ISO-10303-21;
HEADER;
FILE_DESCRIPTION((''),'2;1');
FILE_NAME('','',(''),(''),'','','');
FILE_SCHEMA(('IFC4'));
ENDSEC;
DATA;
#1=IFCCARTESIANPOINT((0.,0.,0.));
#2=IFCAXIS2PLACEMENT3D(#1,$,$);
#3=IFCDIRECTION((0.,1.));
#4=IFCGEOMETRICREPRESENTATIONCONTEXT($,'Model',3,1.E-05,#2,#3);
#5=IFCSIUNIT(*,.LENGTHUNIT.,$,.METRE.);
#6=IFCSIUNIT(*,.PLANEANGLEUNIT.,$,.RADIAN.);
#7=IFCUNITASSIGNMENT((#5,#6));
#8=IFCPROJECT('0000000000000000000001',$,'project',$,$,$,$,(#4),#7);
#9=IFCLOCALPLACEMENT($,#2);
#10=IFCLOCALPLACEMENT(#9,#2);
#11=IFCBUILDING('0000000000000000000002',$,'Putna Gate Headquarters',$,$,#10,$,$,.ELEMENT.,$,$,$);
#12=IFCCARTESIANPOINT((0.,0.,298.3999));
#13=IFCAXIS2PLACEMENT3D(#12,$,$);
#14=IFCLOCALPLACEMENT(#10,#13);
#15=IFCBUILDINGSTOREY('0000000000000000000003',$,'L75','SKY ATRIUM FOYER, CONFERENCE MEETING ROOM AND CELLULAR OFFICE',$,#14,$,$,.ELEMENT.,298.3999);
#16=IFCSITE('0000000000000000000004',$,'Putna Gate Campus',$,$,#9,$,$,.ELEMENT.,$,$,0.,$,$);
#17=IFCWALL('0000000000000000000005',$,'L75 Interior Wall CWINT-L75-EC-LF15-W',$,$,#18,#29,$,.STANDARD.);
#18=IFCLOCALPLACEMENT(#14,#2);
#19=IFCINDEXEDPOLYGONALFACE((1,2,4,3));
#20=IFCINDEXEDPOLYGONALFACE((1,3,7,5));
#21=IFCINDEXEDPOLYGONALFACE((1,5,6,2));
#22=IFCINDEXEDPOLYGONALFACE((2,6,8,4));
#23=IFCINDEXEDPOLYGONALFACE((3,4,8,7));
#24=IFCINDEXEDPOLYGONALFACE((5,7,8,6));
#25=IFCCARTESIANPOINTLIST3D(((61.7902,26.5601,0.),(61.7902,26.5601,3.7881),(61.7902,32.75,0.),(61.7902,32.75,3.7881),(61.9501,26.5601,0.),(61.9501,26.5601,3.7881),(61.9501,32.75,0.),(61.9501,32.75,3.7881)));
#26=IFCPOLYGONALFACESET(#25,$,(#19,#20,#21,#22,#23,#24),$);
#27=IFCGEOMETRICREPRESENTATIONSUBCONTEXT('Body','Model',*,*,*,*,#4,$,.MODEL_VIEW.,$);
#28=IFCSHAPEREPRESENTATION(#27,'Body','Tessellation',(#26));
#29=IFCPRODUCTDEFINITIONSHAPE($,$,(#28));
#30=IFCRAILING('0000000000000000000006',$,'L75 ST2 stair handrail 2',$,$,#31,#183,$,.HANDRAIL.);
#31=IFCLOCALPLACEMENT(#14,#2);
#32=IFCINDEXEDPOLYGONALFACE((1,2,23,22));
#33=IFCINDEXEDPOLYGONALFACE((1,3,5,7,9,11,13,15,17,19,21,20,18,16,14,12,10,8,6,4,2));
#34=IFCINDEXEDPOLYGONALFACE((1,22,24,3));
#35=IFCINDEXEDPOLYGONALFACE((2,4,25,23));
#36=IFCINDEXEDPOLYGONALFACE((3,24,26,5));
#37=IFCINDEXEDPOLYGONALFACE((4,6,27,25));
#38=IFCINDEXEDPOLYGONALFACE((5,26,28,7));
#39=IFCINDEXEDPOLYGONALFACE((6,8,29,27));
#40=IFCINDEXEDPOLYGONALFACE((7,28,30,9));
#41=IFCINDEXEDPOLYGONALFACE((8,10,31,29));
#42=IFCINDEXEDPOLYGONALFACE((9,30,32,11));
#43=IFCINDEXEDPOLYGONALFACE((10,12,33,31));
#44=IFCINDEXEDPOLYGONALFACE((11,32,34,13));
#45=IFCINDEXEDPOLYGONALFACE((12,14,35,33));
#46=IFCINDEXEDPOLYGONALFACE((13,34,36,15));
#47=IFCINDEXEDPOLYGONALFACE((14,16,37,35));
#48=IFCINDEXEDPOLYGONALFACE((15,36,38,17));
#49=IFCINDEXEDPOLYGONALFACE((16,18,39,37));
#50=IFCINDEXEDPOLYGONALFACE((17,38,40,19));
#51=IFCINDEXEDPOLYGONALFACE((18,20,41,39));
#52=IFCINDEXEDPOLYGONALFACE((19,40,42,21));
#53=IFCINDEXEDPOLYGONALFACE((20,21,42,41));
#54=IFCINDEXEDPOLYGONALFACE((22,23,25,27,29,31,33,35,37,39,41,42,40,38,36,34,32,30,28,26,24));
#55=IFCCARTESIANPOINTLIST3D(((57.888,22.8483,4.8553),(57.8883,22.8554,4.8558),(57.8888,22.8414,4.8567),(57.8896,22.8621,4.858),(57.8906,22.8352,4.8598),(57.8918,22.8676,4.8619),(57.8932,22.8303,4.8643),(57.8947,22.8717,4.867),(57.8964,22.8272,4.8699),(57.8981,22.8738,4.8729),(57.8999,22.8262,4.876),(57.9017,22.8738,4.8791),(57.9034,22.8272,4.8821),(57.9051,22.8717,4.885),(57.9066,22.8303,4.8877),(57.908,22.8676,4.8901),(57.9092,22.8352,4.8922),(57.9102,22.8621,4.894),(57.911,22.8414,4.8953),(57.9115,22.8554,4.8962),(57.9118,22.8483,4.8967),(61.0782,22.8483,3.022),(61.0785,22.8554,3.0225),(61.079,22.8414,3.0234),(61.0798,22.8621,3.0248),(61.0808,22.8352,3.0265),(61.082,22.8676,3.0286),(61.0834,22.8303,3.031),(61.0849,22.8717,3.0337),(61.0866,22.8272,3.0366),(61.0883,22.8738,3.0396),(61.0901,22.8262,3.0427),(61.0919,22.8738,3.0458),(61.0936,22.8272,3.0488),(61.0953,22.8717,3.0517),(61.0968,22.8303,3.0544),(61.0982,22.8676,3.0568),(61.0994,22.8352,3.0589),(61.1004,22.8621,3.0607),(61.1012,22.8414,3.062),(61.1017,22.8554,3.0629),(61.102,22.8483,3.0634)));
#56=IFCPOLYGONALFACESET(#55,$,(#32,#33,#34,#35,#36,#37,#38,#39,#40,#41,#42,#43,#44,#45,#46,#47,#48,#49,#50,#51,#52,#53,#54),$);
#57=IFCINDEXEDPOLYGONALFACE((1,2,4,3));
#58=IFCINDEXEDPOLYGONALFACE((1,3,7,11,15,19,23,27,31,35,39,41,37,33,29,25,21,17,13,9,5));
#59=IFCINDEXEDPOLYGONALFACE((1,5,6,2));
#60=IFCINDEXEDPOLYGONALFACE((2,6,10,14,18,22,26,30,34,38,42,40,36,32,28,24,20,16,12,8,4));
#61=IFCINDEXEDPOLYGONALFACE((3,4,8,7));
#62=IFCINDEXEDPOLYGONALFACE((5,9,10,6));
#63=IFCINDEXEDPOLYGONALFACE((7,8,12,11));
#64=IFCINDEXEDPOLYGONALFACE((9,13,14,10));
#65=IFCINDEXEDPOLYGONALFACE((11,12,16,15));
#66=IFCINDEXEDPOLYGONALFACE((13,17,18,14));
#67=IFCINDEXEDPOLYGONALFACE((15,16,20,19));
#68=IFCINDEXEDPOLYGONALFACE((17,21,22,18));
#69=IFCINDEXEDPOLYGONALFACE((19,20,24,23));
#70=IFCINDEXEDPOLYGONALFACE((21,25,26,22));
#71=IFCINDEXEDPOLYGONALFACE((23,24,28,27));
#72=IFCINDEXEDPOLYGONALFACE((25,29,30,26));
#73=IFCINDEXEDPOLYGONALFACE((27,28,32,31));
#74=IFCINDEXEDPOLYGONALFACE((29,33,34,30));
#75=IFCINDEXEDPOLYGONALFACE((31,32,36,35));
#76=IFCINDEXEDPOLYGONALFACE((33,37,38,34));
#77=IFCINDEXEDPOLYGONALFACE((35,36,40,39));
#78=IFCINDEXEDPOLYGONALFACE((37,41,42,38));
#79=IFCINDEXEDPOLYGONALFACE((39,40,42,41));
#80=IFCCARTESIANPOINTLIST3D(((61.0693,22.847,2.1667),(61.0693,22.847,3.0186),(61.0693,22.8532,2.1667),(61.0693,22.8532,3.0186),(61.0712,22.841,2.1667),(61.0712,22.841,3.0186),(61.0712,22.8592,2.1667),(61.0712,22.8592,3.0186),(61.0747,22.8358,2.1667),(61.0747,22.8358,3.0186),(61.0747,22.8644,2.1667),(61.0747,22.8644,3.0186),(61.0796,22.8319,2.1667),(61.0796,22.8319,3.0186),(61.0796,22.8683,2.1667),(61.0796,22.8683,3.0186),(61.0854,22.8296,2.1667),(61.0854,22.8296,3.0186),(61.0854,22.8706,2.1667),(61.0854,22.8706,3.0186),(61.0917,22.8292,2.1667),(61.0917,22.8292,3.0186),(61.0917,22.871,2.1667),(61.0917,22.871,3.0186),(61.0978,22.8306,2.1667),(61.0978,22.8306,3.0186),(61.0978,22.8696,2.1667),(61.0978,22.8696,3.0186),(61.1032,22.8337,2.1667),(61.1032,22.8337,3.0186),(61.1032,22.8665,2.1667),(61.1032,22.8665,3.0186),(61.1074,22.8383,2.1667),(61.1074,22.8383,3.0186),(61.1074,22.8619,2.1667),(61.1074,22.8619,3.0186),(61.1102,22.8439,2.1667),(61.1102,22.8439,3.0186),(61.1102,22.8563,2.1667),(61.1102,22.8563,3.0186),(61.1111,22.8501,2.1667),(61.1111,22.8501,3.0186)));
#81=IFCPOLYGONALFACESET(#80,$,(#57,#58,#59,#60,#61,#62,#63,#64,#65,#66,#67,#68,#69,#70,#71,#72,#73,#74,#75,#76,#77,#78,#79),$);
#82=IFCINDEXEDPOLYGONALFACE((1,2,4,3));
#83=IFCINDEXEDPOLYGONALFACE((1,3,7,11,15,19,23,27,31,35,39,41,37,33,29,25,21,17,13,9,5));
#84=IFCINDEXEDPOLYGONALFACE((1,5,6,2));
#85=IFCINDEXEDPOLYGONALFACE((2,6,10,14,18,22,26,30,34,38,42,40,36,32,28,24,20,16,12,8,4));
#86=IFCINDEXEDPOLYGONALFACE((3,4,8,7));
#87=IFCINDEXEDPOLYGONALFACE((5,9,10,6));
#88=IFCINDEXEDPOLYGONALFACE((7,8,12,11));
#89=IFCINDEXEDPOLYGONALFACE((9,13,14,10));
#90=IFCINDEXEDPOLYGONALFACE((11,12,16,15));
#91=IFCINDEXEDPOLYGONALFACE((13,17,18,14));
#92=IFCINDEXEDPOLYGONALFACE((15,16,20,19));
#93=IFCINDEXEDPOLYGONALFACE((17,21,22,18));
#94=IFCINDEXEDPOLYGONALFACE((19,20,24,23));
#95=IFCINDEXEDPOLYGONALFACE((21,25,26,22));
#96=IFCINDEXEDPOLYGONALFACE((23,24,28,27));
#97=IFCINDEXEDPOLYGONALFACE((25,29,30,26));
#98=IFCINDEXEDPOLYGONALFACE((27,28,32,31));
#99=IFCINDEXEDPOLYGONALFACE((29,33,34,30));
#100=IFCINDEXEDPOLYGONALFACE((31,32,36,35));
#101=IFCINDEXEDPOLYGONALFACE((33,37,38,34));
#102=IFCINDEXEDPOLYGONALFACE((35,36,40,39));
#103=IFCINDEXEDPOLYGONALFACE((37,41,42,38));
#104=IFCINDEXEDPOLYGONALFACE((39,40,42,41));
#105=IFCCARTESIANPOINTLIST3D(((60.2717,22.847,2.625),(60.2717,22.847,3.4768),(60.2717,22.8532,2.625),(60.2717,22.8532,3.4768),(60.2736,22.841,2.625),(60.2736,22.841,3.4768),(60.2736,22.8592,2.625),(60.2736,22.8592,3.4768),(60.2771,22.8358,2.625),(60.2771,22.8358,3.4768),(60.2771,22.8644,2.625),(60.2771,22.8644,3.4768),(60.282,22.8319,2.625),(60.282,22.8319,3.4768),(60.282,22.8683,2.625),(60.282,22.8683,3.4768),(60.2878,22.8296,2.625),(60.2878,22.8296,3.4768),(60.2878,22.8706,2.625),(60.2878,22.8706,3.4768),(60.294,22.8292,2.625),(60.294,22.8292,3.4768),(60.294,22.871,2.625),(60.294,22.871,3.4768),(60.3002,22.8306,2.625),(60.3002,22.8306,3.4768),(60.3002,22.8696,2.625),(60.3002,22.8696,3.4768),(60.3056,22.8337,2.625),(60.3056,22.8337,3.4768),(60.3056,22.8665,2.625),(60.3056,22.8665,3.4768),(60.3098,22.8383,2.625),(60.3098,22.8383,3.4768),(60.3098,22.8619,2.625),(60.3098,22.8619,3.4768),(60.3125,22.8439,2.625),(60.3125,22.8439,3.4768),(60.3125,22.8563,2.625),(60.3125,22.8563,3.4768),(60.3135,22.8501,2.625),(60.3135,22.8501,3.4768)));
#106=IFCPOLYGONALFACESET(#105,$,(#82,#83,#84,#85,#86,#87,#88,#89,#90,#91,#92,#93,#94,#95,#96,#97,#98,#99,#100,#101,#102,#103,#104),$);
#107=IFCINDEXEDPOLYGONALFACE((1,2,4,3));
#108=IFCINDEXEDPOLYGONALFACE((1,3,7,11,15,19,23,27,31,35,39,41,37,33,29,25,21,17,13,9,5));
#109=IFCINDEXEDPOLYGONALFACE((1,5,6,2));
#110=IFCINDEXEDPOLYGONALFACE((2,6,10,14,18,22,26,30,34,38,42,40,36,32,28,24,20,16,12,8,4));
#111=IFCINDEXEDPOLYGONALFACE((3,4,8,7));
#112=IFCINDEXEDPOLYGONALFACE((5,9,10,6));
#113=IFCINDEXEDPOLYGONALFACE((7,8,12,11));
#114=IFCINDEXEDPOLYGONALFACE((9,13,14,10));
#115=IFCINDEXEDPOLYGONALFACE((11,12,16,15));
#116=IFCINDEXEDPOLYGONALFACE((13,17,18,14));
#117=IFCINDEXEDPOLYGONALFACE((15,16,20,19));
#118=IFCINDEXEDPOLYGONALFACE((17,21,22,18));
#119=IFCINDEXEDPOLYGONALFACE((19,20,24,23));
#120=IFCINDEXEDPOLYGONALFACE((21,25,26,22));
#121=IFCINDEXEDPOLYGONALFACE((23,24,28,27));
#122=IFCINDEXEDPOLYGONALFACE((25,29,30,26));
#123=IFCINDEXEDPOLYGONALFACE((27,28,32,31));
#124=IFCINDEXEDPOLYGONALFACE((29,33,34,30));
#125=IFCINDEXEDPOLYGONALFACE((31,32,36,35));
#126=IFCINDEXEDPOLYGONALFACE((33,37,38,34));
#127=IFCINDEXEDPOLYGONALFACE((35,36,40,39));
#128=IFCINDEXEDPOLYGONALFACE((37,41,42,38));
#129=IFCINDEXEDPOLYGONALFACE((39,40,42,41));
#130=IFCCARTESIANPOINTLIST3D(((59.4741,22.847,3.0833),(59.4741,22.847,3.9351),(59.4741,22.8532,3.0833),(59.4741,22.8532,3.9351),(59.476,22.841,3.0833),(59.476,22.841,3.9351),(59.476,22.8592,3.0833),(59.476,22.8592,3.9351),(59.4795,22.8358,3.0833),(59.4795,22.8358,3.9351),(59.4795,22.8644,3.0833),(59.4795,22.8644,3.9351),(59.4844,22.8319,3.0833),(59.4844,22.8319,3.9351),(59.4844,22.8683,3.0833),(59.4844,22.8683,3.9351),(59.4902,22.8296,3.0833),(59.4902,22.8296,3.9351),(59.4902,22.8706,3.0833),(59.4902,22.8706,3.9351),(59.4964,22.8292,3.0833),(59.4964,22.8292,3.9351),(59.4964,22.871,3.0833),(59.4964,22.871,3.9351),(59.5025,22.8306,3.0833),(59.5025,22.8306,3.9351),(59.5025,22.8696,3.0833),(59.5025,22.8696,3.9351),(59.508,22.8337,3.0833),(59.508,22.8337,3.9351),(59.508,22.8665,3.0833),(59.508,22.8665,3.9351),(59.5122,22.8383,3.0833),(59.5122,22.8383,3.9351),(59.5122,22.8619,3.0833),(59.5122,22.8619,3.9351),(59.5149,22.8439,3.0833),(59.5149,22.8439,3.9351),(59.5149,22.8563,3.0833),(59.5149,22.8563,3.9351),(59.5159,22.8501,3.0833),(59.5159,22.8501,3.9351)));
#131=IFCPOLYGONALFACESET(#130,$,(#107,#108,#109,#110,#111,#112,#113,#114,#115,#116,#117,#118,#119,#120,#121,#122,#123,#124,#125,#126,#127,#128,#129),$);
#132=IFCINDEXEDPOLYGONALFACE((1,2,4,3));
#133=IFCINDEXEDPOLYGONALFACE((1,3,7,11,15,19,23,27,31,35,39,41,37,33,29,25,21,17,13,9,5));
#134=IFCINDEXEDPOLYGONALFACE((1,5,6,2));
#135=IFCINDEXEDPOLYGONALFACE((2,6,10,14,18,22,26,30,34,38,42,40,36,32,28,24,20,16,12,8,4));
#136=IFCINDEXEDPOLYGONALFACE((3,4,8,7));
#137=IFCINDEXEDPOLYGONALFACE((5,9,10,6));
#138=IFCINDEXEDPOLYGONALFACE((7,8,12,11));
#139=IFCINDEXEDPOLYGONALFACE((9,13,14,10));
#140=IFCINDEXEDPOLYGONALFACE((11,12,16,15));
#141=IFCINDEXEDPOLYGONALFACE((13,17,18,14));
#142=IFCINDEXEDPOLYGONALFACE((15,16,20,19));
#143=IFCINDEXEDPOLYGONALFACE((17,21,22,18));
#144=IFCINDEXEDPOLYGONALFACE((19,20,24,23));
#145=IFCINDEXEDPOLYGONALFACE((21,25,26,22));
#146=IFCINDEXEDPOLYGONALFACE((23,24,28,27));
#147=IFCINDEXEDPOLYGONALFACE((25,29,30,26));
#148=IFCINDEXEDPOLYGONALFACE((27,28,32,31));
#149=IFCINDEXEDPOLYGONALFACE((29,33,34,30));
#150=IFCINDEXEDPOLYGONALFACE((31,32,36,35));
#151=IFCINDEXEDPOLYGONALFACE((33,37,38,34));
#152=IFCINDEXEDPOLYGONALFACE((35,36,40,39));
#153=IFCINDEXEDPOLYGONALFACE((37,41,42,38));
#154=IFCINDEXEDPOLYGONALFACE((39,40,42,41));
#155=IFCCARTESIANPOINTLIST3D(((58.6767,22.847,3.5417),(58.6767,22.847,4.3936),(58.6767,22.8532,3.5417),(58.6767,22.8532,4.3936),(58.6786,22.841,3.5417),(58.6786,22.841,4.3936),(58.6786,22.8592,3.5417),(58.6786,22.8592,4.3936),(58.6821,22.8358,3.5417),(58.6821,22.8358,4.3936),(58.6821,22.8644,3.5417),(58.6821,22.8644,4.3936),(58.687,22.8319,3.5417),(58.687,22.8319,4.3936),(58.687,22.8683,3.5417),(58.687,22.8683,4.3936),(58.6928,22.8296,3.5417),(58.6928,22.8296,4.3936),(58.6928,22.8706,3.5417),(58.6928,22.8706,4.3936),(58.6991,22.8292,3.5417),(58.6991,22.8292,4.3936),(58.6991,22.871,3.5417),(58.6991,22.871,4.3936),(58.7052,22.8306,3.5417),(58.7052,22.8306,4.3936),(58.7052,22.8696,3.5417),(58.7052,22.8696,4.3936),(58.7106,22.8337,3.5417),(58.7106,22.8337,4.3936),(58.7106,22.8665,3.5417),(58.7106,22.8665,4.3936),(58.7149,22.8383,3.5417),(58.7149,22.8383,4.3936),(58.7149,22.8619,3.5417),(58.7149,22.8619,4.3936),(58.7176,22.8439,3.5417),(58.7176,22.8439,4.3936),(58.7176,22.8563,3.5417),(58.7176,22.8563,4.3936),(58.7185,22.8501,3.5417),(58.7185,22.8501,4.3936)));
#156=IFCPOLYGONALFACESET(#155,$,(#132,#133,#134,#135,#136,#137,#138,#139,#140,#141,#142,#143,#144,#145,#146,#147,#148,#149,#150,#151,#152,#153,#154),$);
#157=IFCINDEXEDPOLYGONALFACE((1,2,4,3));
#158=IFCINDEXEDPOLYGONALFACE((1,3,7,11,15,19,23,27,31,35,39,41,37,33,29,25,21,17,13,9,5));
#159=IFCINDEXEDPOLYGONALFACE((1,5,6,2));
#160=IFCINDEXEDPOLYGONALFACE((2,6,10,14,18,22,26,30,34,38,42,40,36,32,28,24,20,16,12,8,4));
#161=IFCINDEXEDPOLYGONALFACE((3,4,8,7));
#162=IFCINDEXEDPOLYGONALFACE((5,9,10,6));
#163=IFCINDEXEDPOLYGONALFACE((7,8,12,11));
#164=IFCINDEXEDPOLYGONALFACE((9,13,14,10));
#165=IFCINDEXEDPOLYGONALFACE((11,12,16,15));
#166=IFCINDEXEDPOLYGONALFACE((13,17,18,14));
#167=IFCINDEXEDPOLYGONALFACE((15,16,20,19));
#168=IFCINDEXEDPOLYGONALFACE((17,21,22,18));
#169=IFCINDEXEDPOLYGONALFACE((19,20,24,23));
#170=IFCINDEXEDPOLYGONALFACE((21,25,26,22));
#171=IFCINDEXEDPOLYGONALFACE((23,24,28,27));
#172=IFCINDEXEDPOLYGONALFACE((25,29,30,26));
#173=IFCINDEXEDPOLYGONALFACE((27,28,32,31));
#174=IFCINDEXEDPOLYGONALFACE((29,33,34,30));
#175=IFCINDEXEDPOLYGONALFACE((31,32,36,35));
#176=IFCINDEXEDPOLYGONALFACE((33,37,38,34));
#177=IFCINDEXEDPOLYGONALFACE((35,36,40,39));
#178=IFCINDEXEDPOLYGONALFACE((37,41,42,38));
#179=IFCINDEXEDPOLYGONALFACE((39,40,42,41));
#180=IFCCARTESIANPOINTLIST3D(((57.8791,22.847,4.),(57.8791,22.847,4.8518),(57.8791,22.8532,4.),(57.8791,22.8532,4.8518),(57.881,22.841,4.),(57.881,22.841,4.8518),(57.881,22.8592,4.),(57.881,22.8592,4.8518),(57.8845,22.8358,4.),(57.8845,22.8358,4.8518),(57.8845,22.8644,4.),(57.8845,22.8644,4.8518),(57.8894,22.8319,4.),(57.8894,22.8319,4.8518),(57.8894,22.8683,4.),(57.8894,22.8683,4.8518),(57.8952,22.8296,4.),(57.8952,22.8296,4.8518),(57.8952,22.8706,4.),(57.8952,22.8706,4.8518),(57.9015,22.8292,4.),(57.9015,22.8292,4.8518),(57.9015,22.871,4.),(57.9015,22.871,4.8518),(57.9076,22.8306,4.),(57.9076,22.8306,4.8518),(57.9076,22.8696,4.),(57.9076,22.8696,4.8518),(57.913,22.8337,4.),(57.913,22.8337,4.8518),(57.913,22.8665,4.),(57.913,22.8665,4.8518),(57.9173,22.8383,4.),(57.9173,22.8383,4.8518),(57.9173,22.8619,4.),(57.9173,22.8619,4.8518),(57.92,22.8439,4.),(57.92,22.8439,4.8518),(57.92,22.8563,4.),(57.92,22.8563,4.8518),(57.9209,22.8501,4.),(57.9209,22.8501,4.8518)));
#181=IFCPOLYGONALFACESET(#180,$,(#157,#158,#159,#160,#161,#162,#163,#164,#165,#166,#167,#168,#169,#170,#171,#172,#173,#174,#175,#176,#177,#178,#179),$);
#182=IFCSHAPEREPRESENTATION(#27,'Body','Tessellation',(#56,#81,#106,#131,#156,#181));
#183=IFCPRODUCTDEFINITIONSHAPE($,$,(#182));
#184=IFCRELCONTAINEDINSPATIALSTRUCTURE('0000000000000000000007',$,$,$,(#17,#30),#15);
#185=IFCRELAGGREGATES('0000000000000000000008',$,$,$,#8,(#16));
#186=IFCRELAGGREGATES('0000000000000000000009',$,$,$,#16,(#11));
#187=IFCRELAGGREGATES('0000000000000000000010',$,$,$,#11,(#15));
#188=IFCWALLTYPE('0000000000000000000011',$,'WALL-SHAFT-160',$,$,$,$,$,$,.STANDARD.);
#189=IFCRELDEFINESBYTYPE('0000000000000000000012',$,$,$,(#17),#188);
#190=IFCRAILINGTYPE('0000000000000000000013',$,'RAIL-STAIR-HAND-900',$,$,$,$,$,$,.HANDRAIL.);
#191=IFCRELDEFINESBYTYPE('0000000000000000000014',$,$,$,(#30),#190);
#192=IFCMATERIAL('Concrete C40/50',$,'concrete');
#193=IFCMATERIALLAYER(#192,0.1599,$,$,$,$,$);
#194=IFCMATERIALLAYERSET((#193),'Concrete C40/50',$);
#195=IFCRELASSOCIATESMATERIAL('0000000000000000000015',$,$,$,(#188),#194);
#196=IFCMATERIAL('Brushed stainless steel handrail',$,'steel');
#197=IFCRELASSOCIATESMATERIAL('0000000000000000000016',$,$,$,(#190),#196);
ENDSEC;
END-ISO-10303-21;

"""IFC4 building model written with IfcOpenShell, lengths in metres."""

from ifc_helpers import new_model, si_unit, direction, frame, frame_2d, origin, origin_2d, place, context, subcontext, project, spatial, rectangle, circle, extrude, material, layer, layer_set, type_object, element, save


model = new_model("IFC4")

# Units and contexts
model_context = context("Model", 3, precision=1e-05, world=origin(), true_north=direction((0.0, 1.0)))
body_context = subcontext(model_context, "Body", "Model", "MODEL_VIEW")
ifc_project = project(units=[si_unit("LENGTHUNIT", "METRE"), si_unit("PLANEANGLEUNIT", "RADIAN")], contexts=[model_context])

# Site, building, storey
site_placement = place(None, origin())
site = spatial("IfcSite", under=ifc_project, at=site_placement, Name="Putna Gate Campus", CompositionType="ELEMENT", RefElevation=0.0)
building_placement = place(site_placement, origin())
building = spatial("IfcBuilding", under=site, at=building_placement, Name="Putna Gate Headquarters", CompositionType="ELEMENT")
storey_placement = place(building_placement, frame((0.0, 0.0, 298.3999)))
storey = spatial("IfcBuildingStorey", under=building, at=storey_placement, Name="L75", Description="SKY ATRIUM FOYER, CONFERENCE MEETING ROOM AND CELLULAR OFFICE", CompositionType="ELEMENT", Elevation=298.3999)

# Shared definitions
ifc_material_1 = material(Name="Concrete C40/50", Category="concrete")
ifc_layer_1 = layer(ifc_material_1, 0.1599)
ifc_layer_set_1 = layer_set([ifc_layer_1], Name="Concrete C40/50")
wall_type_1 = type_object("IfcWallType", Name="WALL-SHAFT-160", PredefinedType="STANDARD", material=ifc_layer_set_1)

# Wall
wall_1_placement = place(storey_placement, frame((61.8701, 26.5601, 0.0), z_axis=(0.0, 0.0, 1.0), x_axis=(0.0, 1.0, 0.0)))
element("IfcWall", 1, at=wall_1_placement, inside=storey, type_object=wall_type_1, Name="L75 Interior Wall CWINT-L75-EC-LF15-W", PredefinedType="STANDARD", context=body_context, shape_type="SweptSolid", body=[
    extrude(rectangle(XDim=6.1899, YDim=0.1599, at=frame_2d((3.095, 0.0))), origin(), (0.0, 0.0, 1.0), 3.7881),
])

# Railing
ifc_material_2 = material(Name="Brushed stainless steel handrail", Category="steel")
railing_type = type_object("IfcRailingType", Name="RAIL-STAIR-HAND-900", PredefinedType="HANDRAIL", material=ifc_material_2)
railing_placement = place(storey_placement, frame((61.0901, 22.8501, 2.1667)))
element("IfcRailing", 2, at=railing_placement, inside=storey, type_object=railing_type, Name="L75 ST2 stair handrail 2", PredefinedType="HANDRAIL", context=body_context, shape_type="SweptSolid", body=[
    extrude(circle(Radius=0.0239, at=origin_2d()), frame((0.0, 0.0, 0.876), z_axis=(-0.867036, 0.0, 0.498245), x_axis=(0.0, -1.0, 0.0)), (0.0, 0.0, 1.0), 3.6794),
    extrude(circle(Radius=0.021, at=origin_2d()), origin(), (0.0, 0.0, 1.0), 0.8518),
    extrude(circle(Radius=0.021, at=origin_2d()), frame((-0.7976, 0.0, 0.4583)), (0.0, 0.0, 1.0), 0.8518),
    extrude(circle(Radius=0.021, at=origin_2d()), frame((-1.5952, 0.0, 0.9165)), (0.0, 0.0, 1.0), 0.8518),
    extrude(circle(Radius=0.021, at=origin_2d()), frame((-2.3926, 0.0, 1.375)), (0.0, 0.0, 1.0), 0.8518),
    extrude(circle(Radius=0.021, at=origin_2d()), frame((-3.1902, 0.0, 1.8333)), (0.0, 0.0, 1.0), 0.8518),
])

save(model, "model.ifc")
